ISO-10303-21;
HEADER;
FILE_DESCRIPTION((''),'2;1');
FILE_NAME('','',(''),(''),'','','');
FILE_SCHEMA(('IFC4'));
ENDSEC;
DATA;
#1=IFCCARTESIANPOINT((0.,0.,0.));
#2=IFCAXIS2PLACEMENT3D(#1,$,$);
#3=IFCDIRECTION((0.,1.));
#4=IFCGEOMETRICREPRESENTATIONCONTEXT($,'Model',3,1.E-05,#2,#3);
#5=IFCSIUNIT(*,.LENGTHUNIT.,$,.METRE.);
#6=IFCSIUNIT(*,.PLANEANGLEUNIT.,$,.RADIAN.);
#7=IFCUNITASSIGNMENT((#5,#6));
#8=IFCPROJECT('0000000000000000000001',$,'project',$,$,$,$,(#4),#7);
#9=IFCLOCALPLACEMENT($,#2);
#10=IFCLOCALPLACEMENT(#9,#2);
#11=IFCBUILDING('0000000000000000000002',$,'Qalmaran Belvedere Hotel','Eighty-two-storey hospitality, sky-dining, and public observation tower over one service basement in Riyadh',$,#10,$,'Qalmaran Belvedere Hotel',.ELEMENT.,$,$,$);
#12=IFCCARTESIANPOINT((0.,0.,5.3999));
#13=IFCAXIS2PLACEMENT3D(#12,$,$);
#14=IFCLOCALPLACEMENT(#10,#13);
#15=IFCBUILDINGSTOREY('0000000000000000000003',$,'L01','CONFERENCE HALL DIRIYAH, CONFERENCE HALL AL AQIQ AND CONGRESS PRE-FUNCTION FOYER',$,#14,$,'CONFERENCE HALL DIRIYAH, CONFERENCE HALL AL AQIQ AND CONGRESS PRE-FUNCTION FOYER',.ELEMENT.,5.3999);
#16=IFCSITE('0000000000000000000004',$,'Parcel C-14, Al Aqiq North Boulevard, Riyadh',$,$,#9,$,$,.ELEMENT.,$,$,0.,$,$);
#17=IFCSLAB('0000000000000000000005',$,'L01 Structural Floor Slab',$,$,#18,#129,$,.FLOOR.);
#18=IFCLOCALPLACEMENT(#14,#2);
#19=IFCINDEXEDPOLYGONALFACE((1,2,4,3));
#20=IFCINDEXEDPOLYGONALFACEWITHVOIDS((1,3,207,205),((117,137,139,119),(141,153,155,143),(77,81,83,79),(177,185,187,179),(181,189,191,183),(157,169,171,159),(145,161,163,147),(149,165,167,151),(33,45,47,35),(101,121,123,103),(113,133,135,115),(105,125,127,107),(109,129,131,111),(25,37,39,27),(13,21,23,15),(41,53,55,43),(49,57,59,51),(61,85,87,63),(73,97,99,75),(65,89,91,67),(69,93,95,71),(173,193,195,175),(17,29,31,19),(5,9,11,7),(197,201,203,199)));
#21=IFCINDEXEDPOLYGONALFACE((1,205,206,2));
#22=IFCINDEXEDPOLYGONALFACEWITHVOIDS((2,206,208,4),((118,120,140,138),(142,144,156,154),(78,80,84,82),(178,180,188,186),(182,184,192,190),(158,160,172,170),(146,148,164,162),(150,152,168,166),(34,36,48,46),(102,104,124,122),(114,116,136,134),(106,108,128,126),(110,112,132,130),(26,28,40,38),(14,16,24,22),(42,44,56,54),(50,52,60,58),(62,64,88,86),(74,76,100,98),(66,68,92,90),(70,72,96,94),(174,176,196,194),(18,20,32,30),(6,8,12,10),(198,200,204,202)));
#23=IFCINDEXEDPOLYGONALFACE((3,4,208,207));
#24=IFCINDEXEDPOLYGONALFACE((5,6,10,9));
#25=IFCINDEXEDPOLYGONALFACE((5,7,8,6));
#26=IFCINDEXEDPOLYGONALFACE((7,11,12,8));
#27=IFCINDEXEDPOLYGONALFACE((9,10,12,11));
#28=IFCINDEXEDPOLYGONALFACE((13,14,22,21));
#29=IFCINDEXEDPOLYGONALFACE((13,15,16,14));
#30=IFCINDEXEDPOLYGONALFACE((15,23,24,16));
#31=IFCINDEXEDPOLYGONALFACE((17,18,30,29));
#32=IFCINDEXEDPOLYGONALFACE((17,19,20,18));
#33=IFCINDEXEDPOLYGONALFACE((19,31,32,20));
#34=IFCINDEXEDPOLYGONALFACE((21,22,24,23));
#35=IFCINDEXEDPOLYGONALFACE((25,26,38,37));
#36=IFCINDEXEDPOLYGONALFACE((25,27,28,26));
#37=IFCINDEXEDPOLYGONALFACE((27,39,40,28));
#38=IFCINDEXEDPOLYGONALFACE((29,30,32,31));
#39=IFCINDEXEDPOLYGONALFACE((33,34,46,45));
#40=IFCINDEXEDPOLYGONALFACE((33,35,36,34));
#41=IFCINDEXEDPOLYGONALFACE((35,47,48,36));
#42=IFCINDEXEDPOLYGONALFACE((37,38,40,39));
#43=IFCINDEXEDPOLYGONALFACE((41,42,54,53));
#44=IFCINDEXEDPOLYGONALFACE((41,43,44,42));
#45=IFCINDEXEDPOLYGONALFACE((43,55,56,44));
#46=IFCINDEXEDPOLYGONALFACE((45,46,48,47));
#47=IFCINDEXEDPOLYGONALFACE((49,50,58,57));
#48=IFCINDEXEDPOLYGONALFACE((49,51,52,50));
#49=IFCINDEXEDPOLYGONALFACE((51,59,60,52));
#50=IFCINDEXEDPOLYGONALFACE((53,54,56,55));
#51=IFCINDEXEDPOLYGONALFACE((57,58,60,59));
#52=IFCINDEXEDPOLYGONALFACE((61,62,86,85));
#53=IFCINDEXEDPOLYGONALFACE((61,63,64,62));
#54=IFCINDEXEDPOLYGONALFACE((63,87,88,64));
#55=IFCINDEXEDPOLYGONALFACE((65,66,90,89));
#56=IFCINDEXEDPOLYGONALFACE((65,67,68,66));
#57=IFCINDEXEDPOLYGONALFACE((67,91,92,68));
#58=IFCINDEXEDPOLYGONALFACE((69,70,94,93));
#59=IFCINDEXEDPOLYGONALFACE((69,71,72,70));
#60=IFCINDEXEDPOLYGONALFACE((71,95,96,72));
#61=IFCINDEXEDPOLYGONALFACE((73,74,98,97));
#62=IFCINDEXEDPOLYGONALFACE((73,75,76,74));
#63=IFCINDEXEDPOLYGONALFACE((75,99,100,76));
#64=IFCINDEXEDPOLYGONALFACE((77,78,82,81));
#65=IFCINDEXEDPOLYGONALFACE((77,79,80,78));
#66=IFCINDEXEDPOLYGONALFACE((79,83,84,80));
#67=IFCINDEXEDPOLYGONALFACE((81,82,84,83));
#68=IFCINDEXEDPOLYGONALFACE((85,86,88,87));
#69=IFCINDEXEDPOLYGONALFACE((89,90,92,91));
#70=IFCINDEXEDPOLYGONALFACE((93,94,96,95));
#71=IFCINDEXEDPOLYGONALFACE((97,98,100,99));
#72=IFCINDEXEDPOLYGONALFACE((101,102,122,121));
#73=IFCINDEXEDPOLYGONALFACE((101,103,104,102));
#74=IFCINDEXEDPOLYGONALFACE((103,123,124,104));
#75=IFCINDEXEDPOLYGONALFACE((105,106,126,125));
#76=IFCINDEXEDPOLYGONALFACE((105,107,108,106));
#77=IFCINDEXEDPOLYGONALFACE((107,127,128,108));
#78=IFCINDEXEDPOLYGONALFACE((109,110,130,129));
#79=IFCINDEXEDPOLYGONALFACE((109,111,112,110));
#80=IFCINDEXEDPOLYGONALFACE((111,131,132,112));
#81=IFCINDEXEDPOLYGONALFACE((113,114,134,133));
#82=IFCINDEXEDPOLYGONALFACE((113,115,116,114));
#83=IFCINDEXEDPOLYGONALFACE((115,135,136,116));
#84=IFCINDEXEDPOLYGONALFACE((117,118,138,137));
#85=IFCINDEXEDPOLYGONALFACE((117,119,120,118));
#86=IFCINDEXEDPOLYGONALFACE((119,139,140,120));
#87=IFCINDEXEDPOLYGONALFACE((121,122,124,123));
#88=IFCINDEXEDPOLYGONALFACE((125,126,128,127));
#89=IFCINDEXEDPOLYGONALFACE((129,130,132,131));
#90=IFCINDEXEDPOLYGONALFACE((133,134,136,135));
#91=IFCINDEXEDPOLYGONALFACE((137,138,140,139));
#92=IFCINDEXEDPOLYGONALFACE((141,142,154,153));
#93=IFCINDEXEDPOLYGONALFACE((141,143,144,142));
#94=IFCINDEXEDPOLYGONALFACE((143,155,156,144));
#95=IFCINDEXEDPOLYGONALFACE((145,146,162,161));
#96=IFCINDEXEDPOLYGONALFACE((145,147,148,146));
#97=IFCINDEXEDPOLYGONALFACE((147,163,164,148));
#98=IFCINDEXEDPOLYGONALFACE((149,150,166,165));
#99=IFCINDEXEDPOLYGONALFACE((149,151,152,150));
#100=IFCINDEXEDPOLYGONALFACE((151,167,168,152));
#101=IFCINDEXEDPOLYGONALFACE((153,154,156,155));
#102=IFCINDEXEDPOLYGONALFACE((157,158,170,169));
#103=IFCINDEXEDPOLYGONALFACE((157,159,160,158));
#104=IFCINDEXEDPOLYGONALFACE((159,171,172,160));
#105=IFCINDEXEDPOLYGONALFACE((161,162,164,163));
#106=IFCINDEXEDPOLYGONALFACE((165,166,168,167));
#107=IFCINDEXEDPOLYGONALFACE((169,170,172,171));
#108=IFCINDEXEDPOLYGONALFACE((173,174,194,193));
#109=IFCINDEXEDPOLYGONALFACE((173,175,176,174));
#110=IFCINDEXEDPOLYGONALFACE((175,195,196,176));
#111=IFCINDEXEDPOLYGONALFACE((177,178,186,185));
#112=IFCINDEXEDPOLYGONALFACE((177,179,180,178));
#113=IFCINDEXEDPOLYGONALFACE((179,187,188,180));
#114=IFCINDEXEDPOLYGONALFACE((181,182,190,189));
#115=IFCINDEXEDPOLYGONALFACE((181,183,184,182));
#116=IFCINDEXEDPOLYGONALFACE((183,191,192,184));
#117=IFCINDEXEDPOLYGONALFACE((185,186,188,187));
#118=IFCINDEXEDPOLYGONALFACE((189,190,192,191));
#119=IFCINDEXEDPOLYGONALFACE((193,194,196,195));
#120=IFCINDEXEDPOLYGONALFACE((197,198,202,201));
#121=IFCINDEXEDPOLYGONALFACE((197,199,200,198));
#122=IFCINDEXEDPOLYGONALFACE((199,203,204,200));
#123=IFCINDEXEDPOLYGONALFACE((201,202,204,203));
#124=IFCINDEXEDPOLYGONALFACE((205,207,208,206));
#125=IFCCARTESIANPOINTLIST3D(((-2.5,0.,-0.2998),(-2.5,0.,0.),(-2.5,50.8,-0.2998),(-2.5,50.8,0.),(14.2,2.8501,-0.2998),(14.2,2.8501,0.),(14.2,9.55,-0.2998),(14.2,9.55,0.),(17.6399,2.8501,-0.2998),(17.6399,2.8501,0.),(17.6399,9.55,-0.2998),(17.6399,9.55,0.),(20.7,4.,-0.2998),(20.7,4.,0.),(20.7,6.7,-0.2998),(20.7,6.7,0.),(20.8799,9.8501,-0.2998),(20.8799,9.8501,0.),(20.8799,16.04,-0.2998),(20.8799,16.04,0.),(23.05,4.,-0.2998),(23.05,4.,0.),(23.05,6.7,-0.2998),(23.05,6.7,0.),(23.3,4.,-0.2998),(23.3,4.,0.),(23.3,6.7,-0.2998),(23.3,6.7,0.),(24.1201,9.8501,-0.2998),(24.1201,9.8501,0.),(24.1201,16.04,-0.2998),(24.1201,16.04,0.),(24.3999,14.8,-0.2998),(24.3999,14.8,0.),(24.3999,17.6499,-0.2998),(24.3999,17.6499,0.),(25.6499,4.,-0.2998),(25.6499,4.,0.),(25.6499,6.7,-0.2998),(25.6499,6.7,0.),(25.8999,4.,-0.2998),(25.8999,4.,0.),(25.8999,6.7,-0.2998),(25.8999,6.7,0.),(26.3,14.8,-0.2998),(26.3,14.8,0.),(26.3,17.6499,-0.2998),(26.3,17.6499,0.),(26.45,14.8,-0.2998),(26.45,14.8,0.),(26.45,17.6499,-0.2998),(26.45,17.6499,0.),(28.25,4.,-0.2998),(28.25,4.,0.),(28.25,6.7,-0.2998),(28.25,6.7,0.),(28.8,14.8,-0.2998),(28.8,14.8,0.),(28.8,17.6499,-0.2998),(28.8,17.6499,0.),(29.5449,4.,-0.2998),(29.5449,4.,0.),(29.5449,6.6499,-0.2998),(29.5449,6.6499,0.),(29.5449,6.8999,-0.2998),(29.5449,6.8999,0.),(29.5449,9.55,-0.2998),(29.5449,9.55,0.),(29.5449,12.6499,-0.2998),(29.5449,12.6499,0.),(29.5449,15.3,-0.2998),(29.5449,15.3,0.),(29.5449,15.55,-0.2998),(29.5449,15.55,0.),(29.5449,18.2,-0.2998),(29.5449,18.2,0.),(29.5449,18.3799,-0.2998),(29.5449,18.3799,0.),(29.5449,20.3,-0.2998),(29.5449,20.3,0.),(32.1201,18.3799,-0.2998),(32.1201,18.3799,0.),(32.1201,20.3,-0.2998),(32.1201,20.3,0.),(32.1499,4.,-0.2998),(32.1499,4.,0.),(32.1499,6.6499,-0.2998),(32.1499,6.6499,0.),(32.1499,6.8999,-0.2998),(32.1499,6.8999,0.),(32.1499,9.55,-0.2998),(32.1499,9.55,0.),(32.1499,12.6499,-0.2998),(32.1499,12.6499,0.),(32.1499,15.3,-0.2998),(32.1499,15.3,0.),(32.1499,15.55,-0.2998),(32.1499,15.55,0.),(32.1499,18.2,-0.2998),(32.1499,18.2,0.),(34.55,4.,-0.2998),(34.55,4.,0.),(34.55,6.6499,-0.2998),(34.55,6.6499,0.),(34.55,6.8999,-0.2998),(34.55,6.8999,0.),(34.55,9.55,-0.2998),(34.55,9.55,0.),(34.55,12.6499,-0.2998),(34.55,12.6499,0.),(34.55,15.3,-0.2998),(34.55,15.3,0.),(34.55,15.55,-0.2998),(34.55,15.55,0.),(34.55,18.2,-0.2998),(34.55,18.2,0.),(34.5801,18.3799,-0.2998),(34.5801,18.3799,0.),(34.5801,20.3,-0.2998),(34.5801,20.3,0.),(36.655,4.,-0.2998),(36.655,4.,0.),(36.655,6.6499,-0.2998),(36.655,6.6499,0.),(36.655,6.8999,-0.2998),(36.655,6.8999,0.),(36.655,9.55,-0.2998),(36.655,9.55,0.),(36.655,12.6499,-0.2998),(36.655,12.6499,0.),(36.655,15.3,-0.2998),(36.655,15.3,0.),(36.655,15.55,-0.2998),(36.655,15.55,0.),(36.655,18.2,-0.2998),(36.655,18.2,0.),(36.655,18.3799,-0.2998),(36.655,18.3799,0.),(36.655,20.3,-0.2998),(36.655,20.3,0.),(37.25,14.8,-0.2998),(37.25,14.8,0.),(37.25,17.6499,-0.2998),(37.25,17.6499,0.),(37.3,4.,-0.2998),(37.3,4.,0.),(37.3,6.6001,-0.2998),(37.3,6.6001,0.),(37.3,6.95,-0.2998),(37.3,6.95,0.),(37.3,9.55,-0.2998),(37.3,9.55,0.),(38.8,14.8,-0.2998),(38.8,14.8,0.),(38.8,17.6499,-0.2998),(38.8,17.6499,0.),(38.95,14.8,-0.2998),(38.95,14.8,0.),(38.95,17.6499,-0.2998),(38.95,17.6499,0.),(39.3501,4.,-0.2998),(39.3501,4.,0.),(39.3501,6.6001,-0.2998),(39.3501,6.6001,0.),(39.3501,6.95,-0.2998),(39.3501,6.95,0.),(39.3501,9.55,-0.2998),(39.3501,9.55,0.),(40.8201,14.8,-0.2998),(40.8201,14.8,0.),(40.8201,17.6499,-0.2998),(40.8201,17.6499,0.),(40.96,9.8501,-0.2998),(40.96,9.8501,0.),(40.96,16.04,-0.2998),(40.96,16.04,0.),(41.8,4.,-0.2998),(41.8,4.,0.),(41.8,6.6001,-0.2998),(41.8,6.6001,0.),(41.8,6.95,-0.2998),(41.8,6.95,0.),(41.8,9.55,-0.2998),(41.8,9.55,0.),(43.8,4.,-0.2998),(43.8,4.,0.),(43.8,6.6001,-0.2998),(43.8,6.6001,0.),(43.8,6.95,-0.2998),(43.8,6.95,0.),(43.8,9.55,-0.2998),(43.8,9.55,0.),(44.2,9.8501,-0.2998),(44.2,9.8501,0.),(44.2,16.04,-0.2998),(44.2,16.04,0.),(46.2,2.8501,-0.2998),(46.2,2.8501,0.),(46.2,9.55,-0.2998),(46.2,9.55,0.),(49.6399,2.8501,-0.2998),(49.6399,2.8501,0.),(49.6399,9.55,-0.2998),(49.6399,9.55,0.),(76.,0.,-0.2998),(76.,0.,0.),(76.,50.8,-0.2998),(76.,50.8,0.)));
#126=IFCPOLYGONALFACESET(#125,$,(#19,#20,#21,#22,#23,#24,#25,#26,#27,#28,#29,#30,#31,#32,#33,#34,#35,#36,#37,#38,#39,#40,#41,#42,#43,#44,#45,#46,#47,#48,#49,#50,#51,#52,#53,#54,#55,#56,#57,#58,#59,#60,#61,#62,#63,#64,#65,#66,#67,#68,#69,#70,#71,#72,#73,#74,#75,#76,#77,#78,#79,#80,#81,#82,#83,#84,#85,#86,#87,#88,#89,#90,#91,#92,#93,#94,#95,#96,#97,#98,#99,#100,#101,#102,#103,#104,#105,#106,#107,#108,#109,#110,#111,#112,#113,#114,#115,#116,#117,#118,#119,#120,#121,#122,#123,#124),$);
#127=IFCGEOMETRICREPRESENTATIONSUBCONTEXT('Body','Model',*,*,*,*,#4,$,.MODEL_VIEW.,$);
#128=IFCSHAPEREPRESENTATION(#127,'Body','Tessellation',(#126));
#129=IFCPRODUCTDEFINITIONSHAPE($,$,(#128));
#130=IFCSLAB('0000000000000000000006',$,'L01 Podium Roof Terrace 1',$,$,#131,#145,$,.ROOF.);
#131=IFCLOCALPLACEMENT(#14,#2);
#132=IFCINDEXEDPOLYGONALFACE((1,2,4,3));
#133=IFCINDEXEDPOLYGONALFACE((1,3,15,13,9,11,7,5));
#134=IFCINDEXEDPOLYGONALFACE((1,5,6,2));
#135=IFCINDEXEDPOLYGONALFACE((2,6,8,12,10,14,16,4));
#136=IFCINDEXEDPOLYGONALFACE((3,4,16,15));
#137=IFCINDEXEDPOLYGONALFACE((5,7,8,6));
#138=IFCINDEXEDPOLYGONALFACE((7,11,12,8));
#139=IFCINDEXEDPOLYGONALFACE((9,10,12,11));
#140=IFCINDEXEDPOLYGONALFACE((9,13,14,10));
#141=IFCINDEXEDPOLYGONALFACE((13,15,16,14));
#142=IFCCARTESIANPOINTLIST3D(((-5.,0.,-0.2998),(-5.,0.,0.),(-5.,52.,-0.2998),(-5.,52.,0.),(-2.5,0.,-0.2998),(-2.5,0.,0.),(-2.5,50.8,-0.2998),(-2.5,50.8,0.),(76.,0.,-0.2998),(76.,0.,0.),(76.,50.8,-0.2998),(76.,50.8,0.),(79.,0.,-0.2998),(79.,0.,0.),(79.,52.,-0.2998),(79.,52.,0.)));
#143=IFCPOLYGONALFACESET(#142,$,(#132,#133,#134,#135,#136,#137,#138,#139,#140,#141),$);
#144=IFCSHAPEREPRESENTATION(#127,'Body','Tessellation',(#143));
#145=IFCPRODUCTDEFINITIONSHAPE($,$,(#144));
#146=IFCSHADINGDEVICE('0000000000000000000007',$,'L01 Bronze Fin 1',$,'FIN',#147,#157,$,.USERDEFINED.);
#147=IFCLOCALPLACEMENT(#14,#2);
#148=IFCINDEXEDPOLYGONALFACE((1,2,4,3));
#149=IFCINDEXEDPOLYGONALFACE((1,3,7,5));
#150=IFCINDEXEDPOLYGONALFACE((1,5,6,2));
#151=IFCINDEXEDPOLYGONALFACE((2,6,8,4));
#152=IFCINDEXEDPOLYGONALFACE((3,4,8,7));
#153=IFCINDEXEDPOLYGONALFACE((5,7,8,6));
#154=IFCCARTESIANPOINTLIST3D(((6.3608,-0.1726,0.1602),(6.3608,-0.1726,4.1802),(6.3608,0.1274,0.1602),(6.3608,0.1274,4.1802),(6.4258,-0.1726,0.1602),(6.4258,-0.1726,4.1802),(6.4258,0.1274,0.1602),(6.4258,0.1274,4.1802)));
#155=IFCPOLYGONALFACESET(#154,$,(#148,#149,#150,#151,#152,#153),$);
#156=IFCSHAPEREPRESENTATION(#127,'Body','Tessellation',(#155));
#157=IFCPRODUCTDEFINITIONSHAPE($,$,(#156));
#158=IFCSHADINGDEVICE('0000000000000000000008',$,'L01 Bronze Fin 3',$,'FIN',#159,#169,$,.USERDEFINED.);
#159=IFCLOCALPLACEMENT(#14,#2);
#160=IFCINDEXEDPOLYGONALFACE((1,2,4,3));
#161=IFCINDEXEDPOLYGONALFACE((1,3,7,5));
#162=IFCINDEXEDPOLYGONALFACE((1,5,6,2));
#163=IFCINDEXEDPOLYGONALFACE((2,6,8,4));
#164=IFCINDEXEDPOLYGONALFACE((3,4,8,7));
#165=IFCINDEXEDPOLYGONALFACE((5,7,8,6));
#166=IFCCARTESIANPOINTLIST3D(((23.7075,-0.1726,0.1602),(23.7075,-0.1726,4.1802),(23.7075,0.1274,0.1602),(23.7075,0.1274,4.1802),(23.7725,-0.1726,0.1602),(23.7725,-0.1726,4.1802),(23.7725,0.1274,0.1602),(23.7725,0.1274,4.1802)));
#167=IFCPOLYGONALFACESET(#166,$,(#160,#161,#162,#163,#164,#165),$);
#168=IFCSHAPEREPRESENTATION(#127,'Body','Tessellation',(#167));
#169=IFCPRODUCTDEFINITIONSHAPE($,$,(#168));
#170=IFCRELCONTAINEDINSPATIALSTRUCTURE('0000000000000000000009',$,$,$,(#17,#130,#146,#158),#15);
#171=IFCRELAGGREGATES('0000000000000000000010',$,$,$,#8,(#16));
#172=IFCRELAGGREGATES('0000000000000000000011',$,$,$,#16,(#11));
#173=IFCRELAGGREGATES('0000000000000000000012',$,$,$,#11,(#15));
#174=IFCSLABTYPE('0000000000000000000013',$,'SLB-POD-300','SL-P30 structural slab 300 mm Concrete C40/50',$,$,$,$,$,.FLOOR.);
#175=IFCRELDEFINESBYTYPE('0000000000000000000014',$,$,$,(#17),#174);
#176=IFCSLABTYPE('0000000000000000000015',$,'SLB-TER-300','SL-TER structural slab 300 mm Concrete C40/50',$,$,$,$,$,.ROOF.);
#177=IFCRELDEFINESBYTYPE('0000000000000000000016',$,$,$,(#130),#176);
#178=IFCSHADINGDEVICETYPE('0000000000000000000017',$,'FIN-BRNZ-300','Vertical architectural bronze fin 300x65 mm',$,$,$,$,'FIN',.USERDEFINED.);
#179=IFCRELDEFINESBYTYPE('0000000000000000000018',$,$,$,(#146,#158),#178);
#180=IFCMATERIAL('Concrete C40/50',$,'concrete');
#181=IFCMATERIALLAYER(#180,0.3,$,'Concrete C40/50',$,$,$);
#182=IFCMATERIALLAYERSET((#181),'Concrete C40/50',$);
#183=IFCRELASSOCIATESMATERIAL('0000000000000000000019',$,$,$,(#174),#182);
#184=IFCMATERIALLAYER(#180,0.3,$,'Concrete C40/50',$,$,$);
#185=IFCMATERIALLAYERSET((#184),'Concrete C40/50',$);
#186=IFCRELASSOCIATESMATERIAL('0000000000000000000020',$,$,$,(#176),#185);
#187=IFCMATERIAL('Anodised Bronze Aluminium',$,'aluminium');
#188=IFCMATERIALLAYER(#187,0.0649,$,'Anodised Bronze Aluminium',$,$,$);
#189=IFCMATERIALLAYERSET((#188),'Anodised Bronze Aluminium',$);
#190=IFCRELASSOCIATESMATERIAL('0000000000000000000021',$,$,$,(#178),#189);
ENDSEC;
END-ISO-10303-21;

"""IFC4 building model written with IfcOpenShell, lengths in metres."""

from ifc_helpers import new_model, si_unit, direction, frame, origin, place, context, subcontext, project, spatial, polyline, outline, extrude, material, layer, layer_set, type_object, element, save


model = new_model("IFC4")

# Units and contexts
model_context = context("Model", 3, precision=1e-05, world=origin(), true_north=direction((0.0, 1.0)))
body_context = subcontext(model_context, "Body", "Model", "MODEL_VIEW")
ifc_project = project(units=[si_unit("LENGTHUNIT", "METRE"), si_unit("PLANEANGLEUNIT", "RADIAN")], contexts=[model_context])

# Site, building, storey
site_placement = place(None, origin())
site = spatial("IfcSite", under=ifc_project, at=site_placement, Name="Parcel C-14, Al Aqiq North Boulevard, Riyadh", CompositionType="ELEMENT", RefElevation=0.0)
building_placement = place(site_placement, origin())
building = spatial("IfcBuilding", under=site, at=building_placement, Name="Qalmaran Belvedere Hotel", Description="Eighty-two-storey hospitality, sky-dining, and public observation tower over one service basement in Riyadh", LongName="Qalmaran Belvedere Hotel", CompositionType="ELEMENT")
storey_placement = place(building_placement, frame((0.0, 0.0, 5.3999)))
storey = spatial("IfcBuildingStorey", under=building, at=storey_placement, Name="L01", Description="CONFERENCE HALL DIRIYAH, CONFERENCE HALL AL AQIQ AND CONGRESS PRE-FUNCTION FOYER", LongName="CONFERENCE HALL DIRIYAH, CONFERENCE HALL AL AQIQ AND CONGRESS PRE-FUNCTION FOYER", CompositionType="ELEMENT", Elevation=5.3999)

# Shared definitions
ifc_material_1 = material(Name="Anodised Bronze Aluminium", Category="aluminium")

# Slabs
ifc_material_2 = material(Name="Concrete C40/50", Category="concrete")
ifc_layer_1 = layer(ifc_material_2, 0.3, Name="Concrete C40/50")
ifc_layer_set_1 = layer_set([ifc_layer_1], Name="Concrete C40/50")
slab_type_1 = type_object("IfcSlabType", Name="SLB-POD-300", Description="SL-P30 structural slab 300 mm Concrete C40/50", PredefinedType="FLOOR", material=ifc_layer_set_1)
slab_1_placement = place(storey_placement, frame((0.0, 0.0, -0.2998)))
element("IfcSlab", 1, at=slab_1_placement, inside=storey, type_object=slab_type_1, Name="L01 Structural Floor Slab", PredefinedType="FLOOR", context=body_context, shape_type="SweptSolid", body=[
    extrude(outline(polyline([(-2.5, 0.0), (76.0, 0.0), (76.0, 50.8), (-2.5, 50.8), (-2.5, 0.0)]), holes=[polyline([(20.8799, 9.8501), (24.1201, 9.8501), (24.1201, 16.04), (20.8799, 16.04), (20.8799, 9.8501)]), polyline([(40.96, 9.8501), (44.2, 9.8501), (44.2, 16.04), (40.96, 16.04), (40.96, 9.8501)]), polyline([(14.2, 2.8501), (17.6399, 2.8501), (17.6399, 9.55), (14.2, 9.55), (14.2, 2.8501)]), polyline([(46.2, 2.8501), (49.6399, 2.8501), (49.6399, 9.55), (46.2, 9.55), (46.2, 2.8501)]), polyline([(29.5449, 4.0), (32.1499, 4.0), (32.1499, 6.6499), (29.5449, 6.6499), (29.5449, 4.0)]), polyline([(29.5449, 6.8999), (32.1499, 6.8999), (32.1499, 9.55), (29.5449, 9.55), (29.5449, 6.8999)]), polyline([(34.55, 4.0), (36.655, 4.0), (36.655, 6.6499), (34.55, 6.6499), (34.55, 4.0)]), polyline([(34.55, 6.8999), (36.655, 6.8999), (36.655, 9.55), (34.55, 9.55), (34.55, 6.8999)]), polyline([(29.5449, 12.6499), (32.1499, 12.6499), (32.1499, 15.3), (29.5449, 15.3), (29.5449, 12.6499)]), polyline([(29.5449, 15.55), (32.1499, 15.55), (32.1499, 18.2), (29.5449, 18.2), (29.5449, 15.55)]), polyline([(34.55, 12.6499), (36.655, 12.6499), (36.655, 15.3), (34.55, 15.3), (34.55, 12.6499)]), polyline([(34.55, 15.55), (36.655, 15.55), (36.655, 18.2), (34.55, 18.2), (34.55, 15.55)]), polyline([(37.3, 4.0), (39.3501, 4.0), (39.3501, 6.6001), (37.3, 6.6001), (37.3, 4.0)]), polyline([(37.3, 6.95), (39.3501, 6.95), (39.3501, 9.55), (37.3, 9.55), (37.3, 6.95)]), polyline([(41.8, 4.0), (43.8, 4.0), (43.8, 6.6001), (41.8, 6.6001), (41.8, 4.0)]), polyline([(41.8, 6.95), (43.8, 6.95), (43.8, 9.55), (41.8, 9.55), (41.8, 6.95)]), polyline([(20.7, 4.0), (23.05, 4.0), (23.05, 6.7), (20.7, 6.7), (20.7, 4.0)]), polyline([(23.3, 4.0), (25.6499, 4.0), (25.6499, 6.7), (23.3, 6.7), (23.3, 4.0)]), polyline([(25.8999, 4.0), (28.25, 4.0), (28.25, 6.7), (25.8999, 6.7), (25.8999, 4.0)]), polyline([(24.3999, 14.8), (26.3, 14.8), (26.3, 17.6499), (24.3999, 17.6499), (24.3999, 14.8)]), polyline([(38.95, 14.8), (40.8201, 14.8), (40.8201, 17.6499), (38.95, 17.6499), (38.95, 14.8)]), polyline([(26.45, 14.8), (28.8, 14.8), (28.8, 17.6499), (26.45, 17.6499), (26.45, 14.8)]), polyline([(37.25, 14.8), (38.8, 14.8), (38.8, 17.6499), (37.25, 17.6499), (37.25, 14.8)]), polyline([(29.5449, 18.3799), (32.1201, 18.3799), (32.1201, 20.3), (29.5449, 20.3), (29.5449, 18.3799)]), polyline([(34.5801, 18.3799), (36.655, 18.3799), (36.655, 20.3), (34.5801, 20.3), (34.5801, 18.3799)])]), origin(), (0.0, 0.0, 1.0), 0.2998),
])
ifc_layer_2 = layer(ifc_material_2, 0.3, Name="Concrete C40/50")
ifc_layer_set_2 = layer_set([ifc_layer_2], Name="Concrete C40/50")
slab_type_2 = type_object("IfcSlabType", Name="SLB-TER-300", Description="SL-TER structural slab 300 mm Concrete C40/50", PredefinedType="ROOF", material=ifc_layer_set_2)
slab_2_placement = place(storey_placement, frame((0.0, 0.0, -0.2998)))
element("IfcSlab", 2, at=slab_2_placement, inside=storey, type_object=slab_type_2, Name="L01 Podium Roof Terrace 1", PredefinedType="ROOF", context=body_context, shape_type="SweptSolid", body=[
    extrude(outline(polyline([(-5.0, 0.0), (-5.0, 52.0), (79.0, 52.0), (79.0, 0.0), (76.0, 0.0), (76.0, 50.8), (-2.5, 50.8), (-2.5, 0.0), (-5.0, 0.0)])), origin(), (0.0, 0.0, 1.0), 0.2998),
])

# Shading devices
ifc_layer_3 = layer(ifc_material_1, 0.0649, Name="Anodised Bronze Aluminium")
ifc_layer_set_3 = layer_set([ifc_layer_3], Name="Anodised Bronze Aluminium")
shading_device_type = type_object("IfcShadingDeviceType", Name="FIN-BRNZ-300", Description="Vertical architectural bronze fin 300x65 mm", ElementType="FIN", PredefinedType="USERDEFINED", material=ifc_layer_set_3)
shading_device_1_placement = place(storey_placement, frame((0.0, 0.0, 0.1602)))
element("IfcShadingDevice", 3, at=shading_device_1_placement, inside=storey, type_object=shading_device_type, Name="L01 Bronze Fin 1", ObjectType="FIN", PredefinedType="USERDEFINED", context=body_context, shape_type="SweptSolid", body=[
    extrude(outline(polyline([(6.3608, 0.1274), (6.3608, -0.1726), (6.4258, -0.1726), (6.4258, 0.1274), (6.3608, 0.1274)])), origin(), (0.0, 0.0, 1.0), 4.02),
])
shading_device_2_placement = place(storey_placement, frame((0.0, 0.0, 0.1602)))
element("IfcShadingDevice", 4, at=shading_device_2_placement, inside=storey, type_object=shading_device_type, Name="L01 Bronze Fin 3", ObjectType="FIN", PredefinedType="USERDEFINED", context=body_context, shape_type="SweptSolid", body=[
    extrude(outline(polyline([(23.7075, 0.1274), (23.7075, -0.1726), (23.7725, -0.1726), (23.7725, 0.1274), (23.7075, 0.1274)])), origin(), (0.0, 0.0, 1.0), 4.02),
])

save(model, "model.ifc")
